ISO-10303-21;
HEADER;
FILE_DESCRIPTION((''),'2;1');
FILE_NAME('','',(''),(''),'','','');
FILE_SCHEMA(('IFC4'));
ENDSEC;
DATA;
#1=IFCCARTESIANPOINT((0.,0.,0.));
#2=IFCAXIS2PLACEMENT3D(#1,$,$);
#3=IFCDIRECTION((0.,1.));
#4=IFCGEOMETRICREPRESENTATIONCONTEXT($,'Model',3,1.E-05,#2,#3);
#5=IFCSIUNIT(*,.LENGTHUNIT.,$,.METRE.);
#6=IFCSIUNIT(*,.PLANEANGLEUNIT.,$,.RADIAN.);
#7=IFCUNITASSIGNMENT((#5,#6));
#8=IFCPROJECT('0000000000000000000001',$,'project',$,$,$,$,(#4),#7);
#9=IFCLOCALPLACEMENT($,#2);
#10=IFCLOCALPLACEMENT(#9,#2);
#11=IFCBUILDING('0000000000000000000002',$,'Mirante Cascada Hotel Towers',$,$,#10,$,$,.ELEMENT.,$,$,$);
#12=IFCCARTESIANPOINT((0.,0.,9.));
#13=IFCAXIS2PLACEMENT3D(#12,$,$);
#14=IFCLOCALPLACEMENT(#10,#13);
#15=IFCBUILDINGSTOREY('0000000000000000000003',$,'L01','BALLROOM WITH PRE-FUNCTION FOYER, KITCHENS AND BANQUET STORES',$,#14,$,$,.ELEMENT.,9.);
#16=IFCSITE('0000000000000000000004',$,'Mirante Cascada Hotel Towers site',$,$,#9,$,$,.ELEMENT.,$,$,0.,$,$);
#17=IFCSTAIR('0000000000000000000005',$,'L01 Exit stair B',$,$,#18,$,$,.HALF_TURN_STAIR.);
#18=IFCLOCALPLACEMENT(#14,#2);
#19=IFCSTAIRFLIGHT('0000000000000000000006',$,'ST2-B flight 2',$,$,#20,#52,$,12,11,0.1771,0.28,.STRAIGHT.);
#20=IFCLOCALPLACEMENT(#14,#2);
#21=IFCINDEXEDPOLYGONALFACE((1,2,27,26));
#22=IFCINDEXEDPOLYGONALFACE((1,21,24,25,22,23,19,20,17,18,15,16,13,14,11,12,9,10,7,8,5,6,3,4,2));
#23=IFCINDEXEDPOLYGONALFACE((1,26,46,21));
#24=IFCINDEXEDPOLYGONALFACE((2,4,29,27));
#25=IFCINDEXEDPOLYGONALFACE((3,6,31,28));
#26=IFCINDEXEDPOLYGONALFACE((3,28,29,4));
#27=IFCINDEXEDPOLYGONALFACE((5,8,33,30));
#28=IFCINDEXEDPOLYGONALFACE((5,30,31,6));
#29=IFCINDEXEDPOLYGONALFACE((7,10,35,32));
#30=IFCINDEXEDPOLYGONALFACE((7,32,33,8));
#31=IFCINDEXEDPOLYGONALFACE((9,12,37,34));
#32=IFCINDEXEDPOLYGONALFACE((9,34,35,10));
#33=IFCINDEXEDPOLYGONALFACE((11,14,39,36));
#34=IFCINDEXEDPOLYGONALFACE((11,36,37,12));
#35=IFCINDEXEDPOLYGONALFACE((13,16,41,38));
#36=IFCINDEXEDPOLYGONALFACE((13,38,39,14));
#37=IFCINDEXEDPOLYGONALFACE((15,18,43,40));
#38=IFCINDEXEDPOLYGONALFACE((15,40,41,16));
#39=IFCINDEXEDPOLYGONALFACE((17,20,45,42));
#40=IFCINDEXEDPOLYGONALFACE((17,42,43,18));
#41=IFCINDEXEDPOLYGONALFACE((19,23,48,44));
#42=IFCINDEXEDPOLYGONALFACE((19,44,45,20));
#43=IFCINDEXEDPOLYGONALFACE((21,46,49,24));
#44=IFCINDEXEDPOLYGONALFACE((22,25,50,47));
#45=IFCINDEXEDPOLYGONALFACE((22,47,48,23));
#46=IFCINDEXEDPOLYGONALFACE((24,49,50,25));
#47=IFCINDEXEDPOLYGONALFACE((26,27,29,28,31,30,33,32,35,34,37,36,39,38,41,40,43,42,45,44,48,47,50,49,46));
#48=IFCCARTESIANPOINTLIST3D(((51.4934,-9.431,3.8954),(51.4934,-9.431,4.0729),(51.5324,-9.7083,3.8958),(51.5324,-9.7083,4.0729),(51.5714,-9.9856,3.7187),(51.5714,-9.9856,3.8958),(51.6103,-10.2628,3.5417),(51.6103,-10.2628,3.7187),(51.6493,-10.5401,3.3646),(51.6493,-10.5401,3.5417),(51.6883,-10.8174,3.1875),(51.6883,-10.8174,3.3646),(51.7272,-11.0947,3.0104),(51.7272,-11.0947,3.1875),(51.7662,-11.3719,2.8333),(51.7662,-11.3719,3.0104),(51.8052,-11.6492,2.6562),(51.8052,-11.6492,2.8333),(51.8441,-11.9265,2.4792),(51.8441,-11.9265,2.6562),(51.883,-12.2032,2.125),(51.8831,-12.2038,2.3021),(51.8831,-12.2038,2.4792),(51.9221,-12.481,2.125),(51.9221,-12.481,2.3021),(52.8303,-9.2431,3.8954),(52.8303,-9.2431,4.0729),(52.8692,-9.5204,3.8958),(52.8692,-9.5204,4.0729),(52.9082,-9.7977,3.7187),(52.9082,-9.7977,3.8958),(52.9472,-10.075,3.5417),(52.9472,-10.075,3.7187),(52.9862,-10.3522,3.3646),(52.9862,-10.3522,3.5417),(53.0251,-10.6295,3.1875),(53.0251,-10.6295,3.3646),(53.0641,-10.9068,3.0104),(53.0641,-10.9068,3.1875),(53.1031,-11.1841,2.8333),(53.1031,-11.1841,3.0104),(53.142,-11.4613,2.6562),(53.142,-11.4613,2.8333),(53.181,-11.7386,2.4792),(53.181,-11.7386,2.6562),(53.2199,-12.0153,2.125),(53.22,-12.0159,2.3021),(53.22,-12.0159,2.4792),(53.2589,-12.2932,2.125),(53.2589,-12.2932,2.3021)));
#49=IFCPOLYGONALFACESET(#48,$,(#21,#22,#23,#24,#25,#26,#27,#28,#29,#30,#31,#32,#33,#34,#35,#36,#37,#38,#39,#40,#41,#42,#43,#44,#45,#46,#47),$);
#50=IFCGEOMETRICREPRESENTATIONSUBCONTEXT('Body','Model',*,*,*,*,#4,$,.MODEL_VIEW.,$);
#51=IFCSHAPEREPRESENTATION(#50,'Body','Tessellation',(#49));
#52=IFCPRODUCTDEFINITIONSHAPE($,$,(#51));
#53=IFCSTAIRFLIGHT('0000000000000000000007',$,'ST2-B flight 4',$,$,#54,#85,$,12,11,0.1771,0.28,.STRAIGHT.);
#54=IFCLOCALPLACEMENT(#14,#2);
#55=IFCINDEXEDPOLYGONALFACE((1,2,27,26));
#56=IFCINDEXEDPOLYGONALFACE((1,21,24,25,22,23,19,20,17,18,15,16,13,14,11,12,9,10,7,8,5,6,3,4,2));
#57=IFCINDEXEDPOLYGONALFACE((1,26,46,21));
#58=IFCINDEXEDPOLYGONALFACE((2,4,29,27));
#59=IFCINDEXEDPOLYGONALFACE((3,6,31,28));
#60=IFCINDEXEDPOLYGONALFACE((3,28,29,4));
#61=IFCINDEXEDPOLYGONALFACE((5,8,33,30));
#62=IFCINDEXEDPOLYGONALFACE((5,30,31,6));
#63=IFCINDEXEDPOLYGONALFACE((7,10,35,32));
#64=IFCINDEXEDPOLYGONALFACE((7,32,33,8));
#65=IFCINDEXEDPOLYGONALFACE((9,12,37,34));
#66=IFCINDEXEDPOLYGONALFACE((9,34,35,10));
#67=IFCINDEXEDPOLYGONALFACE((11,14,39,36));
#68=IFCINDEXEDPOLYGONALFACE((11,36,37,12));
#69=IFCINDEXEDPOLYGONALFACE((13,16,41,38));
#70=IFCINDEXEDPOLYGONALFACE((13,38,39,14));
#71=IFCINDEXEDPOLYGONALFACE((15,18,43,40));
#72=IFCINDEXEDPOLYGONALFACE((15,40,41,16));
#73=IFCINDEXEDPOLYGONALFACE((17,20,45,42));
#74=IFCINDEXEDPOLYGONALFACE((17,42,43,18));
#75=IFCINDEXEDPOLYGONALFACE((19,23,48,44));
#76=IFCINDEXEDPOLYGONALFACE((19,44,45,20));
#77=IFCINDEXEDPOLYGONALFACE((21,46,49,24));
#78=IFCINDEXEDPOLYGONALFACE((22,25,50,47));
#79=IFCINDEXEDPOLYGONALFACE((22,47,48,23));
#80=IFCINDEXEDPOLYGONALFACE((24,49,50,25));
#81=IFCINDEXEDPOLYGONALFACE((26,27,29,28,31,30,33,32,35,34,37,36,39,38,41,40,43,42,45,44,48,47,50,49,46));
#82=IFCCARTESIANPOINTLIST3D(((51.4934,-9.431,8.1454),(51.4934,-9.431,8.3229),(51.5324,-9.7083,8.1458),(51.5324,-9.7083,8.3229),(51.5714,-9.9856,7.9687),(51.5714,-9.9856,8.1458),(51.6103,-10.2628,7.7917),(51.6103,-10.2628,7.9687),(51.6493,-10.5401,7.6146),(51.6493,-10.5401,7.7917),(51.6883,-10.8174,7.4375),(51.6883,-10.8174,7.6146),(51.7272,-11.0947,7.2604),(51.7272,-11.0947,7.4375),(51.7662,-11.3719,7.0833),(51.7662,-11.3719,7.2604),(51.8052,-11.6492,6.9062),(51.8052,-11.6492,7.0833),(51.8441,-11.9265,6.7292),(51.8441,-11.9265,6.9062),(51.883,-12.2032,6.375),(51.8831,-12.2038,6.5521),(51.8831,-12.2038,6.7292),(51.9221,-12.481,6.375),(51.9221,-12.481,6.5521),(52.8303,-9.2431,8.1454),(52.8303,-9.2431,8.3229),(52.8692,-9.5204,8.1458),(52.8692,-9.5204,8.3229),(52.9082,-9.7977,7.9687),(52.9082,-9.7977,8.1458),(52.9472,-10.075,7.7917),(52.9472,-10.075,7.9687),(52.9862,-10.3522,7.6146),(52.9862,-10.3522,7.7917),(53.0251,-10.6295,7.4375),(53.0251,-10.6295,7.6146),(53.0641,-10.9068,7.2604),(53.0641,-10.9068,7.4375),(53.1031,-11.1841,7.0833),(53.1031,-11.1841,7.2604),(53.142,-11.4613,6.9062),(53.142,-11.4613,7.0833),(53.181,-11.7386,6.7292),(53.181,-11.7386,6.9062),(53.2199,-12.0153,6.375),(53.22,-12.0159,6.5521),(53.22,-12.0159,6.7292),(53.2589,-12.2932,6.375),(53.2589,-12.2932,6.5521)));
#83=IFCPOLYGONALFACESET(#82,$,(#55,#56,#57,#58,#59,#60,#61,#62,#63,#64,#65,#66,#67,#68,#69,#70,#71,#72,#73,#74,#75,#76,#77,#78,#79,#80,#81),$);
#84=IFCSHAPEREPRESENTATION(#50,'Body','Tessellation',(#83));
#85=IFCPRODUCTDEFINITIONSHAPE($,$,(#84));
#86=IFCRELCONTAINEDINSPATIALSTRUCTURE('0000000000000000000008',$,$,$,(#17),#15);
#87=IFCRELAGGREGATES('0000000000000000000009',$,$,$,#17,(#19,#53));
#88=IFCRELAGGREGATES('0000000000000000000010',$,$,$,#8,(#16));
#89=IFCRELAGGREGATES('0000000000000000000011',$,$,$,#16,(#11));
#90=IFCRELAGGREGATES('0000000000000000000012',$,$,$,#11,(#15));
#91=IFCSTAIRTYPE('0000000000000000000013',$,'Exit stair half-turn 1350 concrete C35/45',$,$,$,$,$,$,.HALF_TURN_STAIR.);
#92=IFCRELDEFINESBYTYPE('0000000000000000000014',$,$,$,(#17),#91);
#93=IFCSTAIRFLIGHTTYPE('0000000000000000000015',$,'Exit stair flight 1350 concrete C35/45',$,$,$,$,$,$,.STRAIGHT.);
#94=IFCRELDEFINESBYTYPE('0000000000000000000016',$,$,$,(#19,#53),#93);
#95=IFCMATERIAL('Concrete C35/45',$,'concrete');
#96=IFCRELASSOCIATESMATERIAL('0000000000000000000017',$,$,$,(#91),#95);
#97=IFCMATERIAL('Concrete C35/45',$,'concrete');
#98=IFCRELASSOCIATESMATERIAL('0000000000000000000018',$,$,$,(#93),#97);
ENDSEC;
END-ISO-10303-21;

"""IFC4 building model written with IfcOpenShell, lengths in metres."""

from ifc_helpers import new_model, si_unit, direction, frame, origin, place, context, subcontext, project, spatial, polyline, outline, extrude, material, type_object, element, aggregate, save


model = new_model("IFC4")

# Units and contexts
model_context = context("Model", 3, precision=1e-05, world=origin(), true_north=direction((0.0, 1.0)))
body_context = subcontext(model_context, "Body", "Model", "MODEL_VIEW")
ifc_project = project(units=[si_unit("LENGTHUNIT", "METRE"), si_unit("PLANEANGLEUNIT", "RADIAN")], contexts=[model_context])

# Site, building, storey
site_placement = place(None, origin())
site = spatial("IfcSite", under=ifc_project, at=site_placement, Name="Mirante Cascada Hotel Towers site", CompositionType="ELEMENT", RefElevation=0.0)
building_placement = place(site_placement, origin())
building = spatial("IfcBuilding", under=site, at=building_placement, Name="Mirante Cascada Hotel Towers", CompositionType="ELEMENT")
storey_placement = place(building_placement, frame((0.0, 0.0, 9.0)))
storey = spatial("IfcBuildingStorey", under=building, at=storey_placement, Name="L01", Description="BALLROOM WITH PRE-FUNCTION FOYER, KITCHENS AND BANQUET STORES", CompositionType="ELEMENT", Elevation=9.0)

# Stair, stair flights
ifc_material_1 = material(Name="Concrete C35/45", Category="concrete")
stair_type = type_object("IfcStairType", Name="Exit stair half-turn 1350 concrete C35/45", PredefinedType="HALF_TURN_STAIR", material=ifc_material_1)
stair_placement = place(storey_placement, origin())
stair = element("IfcStair", 1, at=stair_placement, inside=storey, type_object=stair_type, Name="L01 Exit stair B", PredefinedType="HALF_TURN_STAIR")
ifc_material_2 = material(Name="Concrete C35/45", Category="concrete")
stair_flight_type = type_object("IfcStairFlightType", Name="Exit stair flight 1350 concrete C35/45", PredefinedType="STRAIGHT", material=ifc_material_2)
stair_flight_1_placement = place(storey_placement, frame((52.5905, -12.3871, 2.125), z_axis=(0.0, 0.0, 1.0), x_axis=(-0.139173, 0.990268, 0.0)))
stair_flight_1 = element("IfcStairFlight", 2, at=stair_flight_1_placement, type_object=stair_flight_type, Name="ST2-B flight 2", NumberOfRisers=12, NumberOfTreads=11, PredefinedType="STRAIGHT", RiserHeight=0.1771, TreadLength=0.28, context=body_context, shape_type="SweptSolid", body=[
    extrude(outline(polyline([(0.0, 0.0), (0.0, 0.1771), (0.28, 0.1771), (0.28, 0.3542), (0.56, 0.3542), (0.56, 0.5312), (0.84, 0.5312), (0.84, 0.7083), (1.12, 0.7083), (1.12, 0.8854), (1.4, 0.8854), (1.4, 1.0625), (1.68, 1.0625), (1.68, 1.2396), (1.96, 1.2396), (1.96, 1.4167), (2.24, 1.4167), (2.24, 1.5937), (2.52, 1.5937), (2.52, 1.7708), (2.8, 1.7708), (2.8, 1.9479), (3.08, 1.9479), (3.08, 2.125), (3.08, 1.7704), (0.2806, 0.0), (0.0, 0.0)])), frame((0.0, 0.675, 0.0), z_axis=(0.0, -1.0, 0.0), x_axis=(1.0, 0.0, 0.0)), (0.0, 0.0, 1.0), 1.35),
])
stair_flight_2_placement = place(storey_placement, frame((52.5905, -12.3871, 6.375), z_axis=(0.0, 0.0, 1.0), x_axis=(-0.139173, 0.990268, 0.0)))
stair_flight_2 = element("IfcStairFlight", 3, at=stair_flight_2_placement, type_object=stair_flight_type, Name="ST2-B flight 4", NumberOfRisers=12, NumberOfTreads=11, PredefinedType="STRAIGHT", RiserHeight=0.1771, TreadLength=0.28, context=body_context, shape_type="SweptSolid", body=[
    extrude(outline(polyline([(0.0, 0.0), (0.0, 0.1771), (0.28, 0.1771), (0.28, 0.3542), (0.56, 0.3542), (0.56, 0.5312), (0.84, 0.5312), (0.84, 0.7083), (1.12, 0.7083), (1.12, 0.8854), (1.4, 0.8854), (1.4, 1.0625), (1.68, 1.0625), (1.68, 1.2396), (1.96, 1.2396), (1.96, 1.4167), (2.24, 1.4167), (2.24, 1.5937), (2.52, 1.5937), (2.52, 1.7708), (2.8, 1.7708), (2.8, 1.9479), (3.08, 1.9479), (3.08, 2.125), (3.08, 1.7704), (0.2806, 0.0), (0.0, 0.0)])), frame((0.0, 0.675, 0.0), z_axis=(0.0, -1.0, 0.0), x_axis=(1.0, 0.0, 0.0)), (0.0, 0.0, 1.0), 1.35),
])
aggregate(stair, [stair_flight_1, stair_flight_2])

save(model, "model.ifc")
